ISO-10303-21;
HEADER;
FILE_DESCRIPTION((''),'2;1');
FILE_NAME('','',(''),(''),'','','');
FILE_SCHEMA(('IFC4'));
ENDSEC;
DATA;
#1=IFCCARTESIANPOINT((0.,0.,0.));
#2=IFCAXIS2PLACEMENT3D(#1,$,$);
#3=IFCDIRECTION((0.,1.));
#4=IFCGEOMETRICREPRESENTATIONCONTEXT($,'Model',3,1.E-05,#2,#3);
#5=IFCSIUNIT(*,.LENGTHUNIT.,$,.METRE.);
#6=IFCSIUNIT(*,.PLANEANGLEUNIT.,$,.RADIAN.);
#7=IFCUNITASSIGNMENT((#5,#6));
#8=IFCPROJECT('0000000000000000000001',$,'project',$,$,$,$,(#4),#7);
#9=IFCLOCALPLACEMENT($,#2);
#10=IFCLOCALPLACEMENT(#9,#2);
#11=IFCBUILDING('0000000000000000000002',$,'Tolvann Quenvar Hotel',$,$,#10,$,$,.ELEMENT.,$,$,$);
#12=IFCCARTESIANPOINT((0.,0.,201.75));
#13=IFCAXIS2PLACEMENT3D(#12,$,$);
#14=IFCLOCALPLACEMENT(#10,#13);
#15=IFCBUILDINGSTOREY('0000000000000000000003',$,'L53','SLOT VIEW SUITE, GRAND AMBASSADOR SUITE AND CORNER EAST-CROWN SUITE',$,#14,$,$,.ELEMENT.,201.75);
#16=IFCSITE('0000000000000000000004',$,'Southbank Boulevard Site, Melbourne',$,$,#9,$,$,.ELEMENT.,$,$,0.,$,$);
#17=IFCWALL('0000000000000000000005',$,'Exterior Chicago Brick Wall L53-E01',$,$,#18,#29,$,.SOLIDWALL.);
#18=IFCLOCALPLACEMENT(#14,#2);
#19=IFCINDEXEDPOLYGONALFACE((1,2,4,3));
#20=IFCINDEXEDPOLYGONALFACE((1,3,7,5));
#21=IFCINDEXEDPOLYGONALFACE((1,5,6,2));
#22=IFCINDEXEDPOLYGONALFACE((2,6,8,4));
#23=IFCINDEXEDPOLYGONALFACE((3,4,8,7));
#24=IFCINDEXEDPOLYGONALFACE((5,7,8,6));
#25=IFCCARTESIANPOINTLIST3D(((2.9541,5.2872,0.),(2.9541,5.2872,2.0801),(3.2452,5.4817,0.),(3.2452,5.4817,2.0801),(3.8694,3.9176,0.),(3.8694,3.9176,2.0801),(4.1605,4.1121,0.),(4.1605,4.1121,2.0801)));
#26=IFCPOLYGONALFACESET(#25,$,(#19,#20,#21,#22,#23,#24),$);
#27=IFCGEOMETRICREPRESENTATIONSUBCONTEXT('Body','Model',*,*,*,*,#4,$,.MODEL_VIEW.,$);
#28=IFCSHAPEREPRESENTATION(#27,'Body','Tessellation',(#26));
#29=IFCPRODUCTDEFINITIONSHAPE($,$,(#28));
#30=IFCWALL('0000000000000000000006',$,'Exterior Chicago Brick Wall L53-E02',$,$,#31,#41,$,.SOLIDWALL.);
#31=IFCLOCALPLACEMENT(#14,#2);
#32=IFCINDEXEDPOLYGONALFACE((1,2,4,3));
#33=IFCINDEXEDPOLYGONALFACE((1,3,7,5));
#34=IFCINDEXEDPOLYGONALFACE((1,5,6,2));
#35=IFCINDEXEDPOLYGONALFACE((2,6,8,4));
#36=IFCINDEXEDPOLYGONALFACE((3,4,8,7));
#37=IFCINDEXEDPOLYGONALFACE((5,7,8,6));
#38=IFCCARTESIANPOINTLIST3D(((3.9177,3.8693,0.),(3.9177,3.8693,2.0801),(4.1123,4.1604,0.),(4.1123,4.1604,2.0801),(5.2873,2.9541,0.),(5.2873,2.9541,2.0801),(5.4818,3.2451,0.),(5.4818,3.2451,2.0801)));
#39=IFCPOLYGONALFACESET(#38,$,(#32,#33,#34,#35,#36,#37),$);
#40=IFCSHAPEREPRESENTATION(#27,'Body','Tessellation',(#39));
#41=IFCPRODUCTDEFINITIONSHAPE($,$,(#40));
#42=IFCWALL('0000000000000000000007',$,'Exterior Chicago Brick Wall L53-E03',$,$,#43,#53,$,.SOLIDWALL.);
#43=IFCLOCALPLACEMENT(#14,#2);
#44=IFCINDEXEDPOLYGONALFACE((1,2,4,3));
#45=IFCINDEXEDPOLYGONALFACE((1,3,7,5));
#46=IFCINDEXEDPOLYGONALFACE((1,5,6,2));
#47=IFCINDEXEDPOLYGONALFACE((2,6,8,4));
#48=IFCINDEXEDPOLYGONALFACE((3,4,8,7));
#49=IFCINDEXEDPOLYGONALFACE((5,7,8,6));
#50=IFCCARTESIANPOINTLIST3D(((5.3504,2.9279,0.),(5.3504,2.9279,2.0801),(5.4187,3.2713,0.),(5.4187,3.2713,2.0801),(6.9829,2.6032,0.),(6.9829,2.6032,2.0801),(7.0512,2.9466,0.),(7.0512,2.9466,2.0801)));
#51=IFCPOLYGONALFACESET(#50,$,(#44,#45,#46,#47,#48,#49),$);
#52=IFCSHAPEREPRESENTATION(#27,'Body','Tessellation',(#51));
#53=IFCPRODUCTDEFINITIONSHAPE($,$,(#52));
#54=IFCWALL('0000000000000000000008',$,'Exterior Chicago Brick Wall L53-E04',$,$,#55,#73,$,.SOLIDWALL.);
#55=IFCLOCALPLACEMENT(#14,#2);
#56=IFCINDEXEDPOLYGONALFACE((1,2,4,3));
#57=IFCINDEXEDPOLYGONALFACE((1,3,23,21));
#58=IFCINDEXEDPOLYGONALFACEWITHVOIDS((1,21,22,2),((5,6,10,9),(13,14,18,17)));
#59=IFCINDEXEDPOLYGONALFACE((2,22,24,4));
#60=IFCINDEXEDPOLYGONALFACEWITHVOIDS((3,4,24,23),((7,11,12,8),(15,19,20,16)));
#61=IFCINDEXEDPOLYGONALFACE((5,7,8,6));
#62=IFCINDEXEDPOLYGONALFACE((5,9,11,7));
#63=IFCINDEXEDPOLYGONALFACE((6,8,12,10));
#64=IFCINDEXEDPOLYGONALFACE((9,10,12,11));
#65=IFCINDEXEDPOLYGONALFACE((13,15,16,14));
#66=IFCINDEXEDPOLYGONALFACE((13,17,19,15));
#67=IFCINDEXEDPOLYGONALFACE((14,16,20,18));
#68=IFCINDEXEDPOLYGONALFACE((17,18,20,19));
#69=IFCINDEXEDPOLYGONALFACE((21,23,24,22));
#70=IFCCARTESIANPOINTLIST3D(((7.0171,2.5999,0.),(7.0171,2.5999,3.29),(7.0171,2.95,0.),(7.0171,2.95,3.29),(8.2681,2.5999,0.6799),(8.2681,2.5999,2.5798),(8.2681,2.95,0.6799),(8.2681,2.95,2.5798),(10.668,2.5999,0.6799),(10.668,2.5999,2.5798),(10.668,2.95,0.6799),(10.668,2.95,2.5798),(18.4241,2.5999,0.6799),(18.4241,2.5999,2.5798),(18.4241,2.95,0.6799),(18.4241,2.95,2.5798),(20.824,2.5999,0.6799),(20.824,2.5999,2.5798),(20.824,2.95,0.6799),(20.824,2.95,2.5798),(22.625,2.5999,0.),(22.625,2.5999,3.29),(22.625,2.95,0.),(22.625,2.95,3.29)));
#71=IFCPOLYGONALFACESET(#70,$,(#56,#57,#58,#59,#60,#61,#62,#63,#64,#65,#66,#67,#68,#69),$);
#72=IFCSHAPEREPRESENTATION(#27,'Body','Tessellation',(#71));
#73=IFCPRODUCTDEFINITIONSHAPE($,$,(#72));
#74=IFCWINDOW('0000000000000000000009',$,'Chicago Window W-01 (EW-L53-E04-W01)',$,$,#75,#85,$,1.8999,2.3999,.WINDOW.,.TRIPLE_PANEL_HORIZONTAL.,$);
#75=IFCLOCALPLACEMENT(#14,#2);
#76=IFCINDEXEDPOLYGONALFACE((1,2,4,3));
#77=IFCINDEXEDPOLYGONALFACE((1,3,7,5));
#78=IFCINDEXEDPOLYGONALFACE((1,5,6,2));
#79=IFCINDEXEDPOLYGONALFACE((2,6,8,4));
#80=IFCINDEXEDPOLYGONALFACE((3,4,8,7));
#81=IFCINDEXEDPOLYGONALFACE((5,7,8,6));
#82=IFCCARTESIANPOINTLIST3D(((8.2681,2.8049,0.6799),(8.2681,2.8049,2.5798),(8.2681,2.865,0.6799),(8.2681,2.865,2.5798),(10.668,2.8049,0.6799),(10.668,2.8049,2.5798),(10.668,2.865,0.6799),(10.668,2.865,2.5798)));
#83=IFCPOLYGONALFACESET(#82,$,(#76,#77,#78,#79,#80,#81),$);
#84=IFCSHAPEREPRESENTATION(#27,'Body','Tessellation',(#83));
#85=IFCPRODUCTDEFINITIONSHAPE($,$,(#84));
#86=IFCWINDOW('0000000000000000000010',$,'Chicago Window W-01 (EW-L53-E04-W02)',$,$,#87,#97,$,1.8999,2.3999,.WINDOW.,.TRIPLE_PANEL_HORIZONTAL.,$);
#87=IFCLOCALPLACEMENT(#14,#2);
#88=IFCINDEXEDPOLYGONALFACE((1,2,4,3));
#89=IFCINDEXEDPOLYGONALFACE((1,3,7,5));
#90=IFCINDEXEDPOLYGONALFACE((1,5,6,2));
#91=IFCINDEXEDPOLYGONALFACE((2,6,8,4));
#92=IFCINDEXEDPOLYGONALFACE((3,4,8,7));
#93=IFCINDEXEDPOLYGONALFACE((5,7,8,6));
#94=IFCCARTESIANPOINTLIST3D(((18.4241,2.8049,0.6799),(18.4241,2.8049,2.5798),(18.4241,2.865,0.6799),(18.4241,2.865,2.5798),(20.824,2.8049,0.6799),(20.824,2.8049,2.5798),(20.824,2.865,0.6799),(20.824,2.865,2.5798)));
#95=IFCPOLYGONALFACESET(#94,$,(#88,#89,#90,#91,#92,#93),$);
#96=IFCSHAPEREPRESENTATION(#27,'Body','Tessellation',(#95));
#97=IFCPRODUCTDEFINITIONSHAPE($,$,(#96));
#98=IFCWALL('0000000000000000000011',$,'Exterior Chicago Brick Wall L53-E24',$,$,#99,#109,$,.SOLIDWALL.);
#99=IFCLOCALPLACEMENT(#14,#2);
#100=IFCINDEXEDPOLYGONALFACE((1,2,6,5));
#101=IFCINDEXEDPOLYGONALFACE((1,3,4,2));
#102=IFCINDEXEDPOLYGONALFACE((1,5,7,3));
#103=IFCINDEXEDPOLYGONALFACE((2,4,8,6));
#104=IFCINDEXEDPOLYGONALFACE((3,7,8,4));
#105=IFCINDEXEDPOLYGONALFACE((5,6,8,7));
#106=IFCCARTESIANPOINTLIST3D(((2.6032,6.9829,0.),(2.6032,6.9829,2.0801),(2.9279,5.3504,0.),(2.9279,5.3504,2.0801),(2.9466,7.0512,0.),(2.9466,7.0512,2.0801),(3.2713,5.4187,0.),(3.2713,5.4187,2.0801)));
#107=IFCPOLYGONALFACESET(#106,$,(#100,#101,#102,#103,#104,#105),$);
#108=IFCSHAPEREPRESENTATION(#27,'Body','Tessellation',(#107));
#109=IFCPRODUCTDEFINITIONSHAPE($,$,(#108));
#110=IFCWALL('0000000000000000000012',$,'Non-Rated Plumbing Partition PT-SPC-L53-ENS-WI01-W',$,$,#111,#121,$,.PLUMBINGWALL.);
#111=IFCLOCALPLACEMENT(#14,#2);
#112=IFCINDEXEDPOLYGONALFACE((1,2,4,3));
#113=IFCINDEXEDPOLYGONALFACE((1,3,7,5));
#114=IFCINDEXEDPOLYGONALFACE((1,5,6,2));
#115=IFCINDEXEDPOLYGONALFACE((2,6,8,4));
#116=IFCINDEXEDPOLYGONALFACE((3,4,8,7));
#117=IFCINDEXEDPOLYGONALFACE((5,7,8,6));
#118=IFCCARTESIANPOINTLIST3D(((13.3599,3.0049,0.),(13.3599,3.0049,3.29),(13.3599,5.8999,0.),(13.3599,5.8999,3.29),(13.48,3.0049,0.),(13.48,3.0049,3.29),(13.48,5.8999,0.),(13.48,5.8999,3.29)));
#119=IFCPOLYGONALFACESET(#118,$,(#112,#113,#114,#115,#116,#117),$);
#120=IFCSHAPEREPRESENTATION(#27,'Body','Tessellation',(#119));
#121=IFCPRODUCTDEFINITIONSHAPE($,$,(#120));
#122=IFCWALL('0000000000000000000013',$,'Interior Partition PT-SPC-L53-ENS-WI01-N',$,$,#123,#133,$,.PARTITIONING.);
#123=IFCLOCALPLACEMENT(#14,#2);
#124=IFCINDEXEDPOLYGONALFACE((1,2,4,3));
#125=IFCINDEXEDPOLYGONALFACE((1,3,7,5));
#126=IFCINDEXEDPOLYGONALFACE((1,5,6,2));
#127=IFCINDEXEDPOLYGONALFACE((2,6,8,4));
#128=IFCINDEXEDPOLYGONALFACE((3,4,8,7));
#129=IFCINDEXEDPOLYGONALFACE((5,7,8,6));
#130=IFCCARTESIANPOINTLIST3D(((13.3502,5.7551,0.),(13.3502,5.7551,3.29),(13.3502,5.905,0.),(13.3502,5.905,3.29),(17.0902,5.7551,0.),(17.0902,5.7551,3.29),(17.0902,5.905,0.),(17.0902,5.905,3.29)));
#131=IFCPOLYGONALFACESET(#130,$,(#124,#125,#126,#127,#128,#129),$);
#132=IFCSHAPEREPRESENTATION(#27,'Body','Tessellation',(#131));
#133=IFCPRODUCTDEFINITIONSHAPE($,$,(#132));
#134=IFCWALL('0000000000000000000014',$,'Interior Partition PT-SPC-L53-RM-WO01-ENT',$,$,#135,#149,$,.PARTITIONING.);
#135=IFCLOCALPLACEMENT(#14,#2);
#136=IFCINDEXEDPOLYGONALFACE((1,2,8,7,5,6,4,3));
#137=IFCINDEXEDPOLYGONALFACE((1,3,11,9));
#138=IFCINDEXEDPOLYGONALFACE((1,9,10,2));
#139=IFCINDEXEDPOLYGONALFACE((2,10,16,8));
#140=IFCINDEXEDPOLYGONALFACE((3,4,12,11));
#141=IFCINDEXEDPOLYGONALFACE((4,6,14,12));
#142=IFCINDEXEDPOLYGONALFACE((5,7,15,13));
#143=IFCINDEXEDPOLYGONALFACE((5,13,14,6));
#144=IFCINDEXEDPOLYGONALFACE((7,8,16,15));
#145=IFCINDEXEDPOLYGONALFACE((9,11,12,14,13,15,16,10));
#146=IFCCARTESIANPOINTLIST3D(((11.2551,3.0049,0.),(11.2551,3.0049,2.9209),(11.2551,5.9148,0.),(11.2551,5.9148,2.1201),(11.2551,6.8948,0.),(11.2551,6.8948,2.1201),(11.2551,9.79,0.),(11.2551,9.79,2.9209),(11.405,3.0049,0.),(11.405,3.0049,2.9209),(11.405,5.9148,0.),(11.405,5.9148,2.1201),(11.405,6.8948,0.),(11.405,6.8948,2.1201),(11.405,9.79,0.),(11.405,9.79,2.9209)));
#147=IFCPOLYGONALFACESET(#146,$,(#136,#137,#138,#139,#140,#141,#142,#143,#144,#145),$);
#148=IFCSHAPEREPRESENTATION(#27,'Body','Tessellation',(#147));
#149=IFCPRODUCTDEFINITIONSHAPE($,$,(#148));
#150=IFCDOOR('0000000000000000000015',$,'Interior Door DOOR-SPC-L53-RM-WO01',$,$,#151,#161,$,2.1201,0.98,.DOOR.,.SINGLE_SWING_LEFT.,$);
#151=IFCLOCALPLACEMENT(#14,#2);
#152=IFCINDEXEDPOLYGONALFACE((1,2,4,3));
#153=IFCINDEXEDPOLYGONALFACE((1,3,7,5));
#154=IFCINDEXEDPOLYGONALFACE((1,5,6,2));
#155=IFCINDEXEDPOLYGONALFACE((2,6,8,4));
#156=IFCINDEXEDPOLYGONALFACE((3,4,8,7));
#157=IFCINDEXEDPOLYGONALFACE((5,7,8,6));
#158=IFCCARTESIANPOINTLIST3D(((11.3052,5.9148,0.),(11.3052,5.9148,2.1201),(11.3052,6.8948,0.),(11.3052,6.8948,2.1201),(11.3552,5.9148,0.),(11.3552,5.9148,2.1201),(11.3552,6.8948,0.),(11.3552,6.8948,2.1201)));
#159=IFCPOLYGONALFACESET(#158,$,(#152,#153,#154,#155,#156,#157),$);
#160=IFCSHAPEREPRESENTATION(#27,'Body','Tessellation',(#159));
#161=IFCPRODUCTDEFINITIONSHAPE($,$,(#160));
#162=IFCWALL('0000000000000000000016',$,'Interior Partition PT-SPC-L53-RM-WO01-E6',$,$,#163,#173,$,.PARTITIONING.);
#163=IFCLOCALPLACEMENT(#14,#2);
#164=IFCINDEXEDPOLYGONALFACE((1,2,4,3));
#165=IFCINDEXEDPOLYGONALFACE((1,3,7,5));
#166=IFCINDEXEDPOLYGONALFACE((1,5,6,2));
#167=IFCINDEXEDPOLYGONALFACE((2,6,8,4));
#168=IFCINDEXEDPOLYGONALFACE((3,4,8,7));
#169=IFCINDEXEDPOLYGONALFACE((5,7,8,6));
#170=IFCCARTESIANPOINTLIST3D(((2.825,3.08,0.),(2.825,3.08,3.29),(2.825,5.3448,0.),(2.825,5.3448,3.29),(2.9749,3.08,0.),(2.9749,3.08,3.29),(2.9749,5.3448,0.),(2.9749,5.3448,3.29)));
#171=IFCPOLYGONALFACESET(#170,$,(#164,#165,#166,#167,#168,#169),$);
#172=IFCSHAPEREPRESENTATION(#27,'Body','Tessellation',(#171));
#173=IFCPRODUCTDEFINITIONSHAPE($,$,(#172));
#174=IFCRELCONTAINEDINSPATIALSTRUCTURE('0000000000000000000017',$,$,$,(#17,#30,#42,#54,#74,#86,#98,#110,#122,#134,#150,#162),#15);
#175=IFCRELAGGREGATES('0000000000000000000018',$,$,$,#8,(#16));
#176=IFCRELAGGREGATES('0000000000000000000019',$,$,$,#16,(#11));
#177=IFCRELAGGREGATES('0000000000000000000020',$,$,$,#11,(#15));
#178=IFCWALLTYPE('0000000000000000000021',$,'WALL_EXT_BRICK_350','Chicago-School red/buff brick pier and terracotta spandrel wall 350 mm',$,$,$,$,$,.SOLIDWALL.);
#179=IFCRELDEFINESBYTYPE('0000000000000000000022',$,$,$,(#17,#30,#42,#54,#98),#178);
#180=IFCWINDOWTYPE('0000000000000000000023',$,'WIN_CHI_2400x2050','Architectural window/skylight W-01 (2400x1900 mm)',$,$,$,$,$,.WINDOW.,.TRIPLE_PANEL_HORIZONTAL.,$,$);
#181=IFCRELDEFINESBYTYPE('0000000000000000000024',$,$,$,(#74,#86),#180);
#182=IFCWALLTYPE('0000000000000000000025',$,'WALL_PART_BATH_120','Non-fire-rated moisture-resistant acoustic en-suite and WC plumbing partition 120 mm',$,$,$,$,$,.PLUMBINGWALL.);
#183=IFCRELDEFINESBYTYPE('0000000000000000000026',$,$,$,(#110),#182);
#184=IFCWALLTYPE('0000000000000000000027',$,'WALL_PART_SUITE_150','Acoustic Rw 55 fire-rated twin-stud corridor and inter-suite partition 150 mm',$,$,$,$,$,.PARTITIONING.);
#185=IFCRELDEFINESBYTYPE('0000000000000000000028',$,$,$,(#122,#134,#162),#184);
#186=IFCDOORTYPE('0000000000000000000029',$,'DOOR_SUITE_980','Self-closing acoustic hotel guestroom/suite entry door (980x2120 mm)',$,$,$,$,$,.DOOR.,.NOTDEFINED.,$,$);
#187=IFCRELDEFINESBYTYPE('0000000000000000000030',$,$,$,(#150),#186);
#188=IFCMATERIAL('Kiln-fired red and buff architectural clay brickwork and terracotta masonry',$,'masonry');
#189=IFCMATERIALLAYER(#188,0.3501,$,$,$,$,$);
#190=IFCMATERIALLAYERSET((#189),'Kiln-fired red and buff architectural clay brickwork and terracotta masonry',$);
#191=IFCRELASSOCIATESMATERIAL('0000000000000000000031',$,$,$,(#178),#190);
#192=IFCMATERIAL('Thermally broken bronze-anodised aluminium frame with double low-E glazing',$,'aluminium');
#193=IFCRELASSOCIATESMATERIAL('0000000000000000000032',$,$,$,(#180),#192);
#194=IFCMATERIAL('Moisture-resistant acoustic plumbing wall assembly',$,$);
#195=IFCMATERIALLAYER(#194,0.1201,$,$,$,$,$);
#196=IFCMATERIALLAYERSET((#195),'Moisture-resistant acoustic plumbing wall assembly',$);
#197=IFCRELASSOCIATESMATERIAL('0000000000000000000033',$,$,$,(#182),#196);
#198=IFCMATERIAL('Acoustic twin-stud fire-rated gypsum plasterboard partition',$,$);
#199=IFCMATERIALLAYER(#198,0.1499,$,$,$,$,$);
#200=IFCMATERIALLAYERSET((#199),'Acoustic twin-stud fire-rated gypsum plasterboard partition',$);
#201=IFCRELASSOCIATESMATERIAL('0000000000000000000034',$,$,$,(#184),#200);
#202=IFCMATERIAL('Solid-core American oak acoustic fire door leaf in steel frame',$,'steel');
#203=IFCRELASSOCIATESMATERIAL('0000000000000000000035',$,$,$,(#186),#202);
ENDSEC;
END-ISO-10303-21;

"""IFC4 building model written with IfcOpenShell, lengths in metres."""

from ifc_helpers import new_model, si_unit, direction, frame, frame_2d, origin, place, context, subcontext, project, spatial, rectangle, extrude, source, transform, mapped, material, layer, layer_set, type_object, type_shapes, element, fill, save


model = new_model("IFC4")

# Units and contexts
model_context = context("Model", 3, precision=1e-05, world=origin(), true_north=direction((0.0, 1.0)))
body_context = subcontext(model_context, "Body", "Model", "MODEL_VIEW")
ifc_project = project(units=[si_unit("LENGTHUNIT", "METRE"), si_unit("PLANEANGLEUNIT", "RADIAN")], contexts=[model_context])

# Site, building, storey
site_placement = place(None, origin())
site = spatial("IfcSite", under=ifc_project, at=site_placement, Name="Southbank Boulevard Site, Melbourne", CompositionType="ELEMENT", RefElevation=0.0)
building_placement = place(site_placement, origin())
building = spatial("IfcBuilding", under=site, at=building_placement, Name="Tolvann Quenvar Hotel", CompositionType="ELEMENT")
storey_placement = place(building_placement, frame((0.0, 0.0, 201.75)))
storey = spatial("IfcBuildingStorey", under=building, at=storey_placement, Name="L53", Description="SLOT VIEW SUITE, GRAND AMBASSADOR SUITE AND CORNER EAST-CROWN SUITE", CompositionType="ELEMENT", Elevation=201.75)

# Walls
ifc_material_1 = material(Name="Kiln-fired red and buff architectural clay brickwork and terracotta masonry", Category="masonry")
ifc_layer_1 = layer(ifc_material_1, 0.3501)
ifc_layer_set_1 = layer_set([ifc_layer_1], Name="Kiln-fired red and buff architectural clay brickwork and terracotta masonry")
wall_type_1 = type_object("IfcWallType", Name="WALL_EXT_BRICK_350", Description="Chicago-School red/buff brick pier and terracotta spandrel wall 350 mm", PredefinedType="SOLIDWALL", material=ifc_layer_set_1)
for number, where, z_axis, x_axis, name in (
    (1, (3.0996, 5.3845, 0.0), (0.0, 0.0, 1.0), (0.555623, -0.831434, 0.0), "Exterior Chicago Brick Wall L53-E01"),
    (2, (4.0149, 4.0149, 0.0), (0.0, 0.0, 1.0), (0.831434, -0.555623, 0.0), "Exterior Chicago Brick Wall L53-E02"),
):
    element("IfcWall", number, at=place(storey_placement, frame(where, z_axis=z_axis, x_axis=x_axis)), inside=storey, type_object=wall_type_1, Name=name, PredefinedType="SOLIDWALL", context=body_context, shape_type="SweptSolid", body=[
        extrude(rectangle(XDim=1.6472, YDim=0.3501, at=frame_2d((0.8237, 0.0))), origin(), (0.0, 0.0, 1.0), 2.0801),
    ])
wall_1_placement = place(storey_placement, frame((5.3845, 3.0996, 0.0), z_axis=(0.0, 0.0, 1.0), x_axis=(0.980789, -0.195072, 0.0)))
element("IfcWall", 3, at=wall_1_placement, inside=storey, type_object=wall_type_1, Name="Exterior Chicago Brick Wall L53-E03", PredefinedType="SOLIDWALL", context=body_context, shape_type="SweptSolid", body=[
    extrude(rectangle(XDim=1.6646, YDim=0.3501, at=frame_2d((0.8323, 0.0))), origin(), (0.0, 0.0, 1.0), 2.0801),
])

# Wall, openings, windows
wall_2_placement = place(storey_placement, frame((7.0171, 2.7749, 0.0), z_axis=(0.0, 0.0, 1.0), x_axis=(1.0, 0.0, 0.0)))
wall_2 = element("IfcWall", 4, at=wall_2_placement, inside=storey, type_object=wall_type_1, Name="Exterior Chicago Brick Wall L53-E04", PredefinedType="SOLIDWALL", context=body_context, shape_type="SweptSolid", body=[
    extrude(rectangle(XDim=15.6079, YDim=0.3501, at=frame_2d((7.804, 0.0))), origin(), (0.0, 0.0, 1.0), 3.29),
])
opening_1_placement = place(wall_2_placement, frame((1.251, 0.0, 0.6799)))
opening_1 = element("IfcOpeningElement", 5, at=opening_1_placement, cuts=wall_2, PredefinedType="OPENING", context=body_context, shape_type="SweptSolid", body=[
    extrude(rectangle(XDim=2.3999, YDim=1.8999, at=frame_2d((1.2, 0.95))), frame((0.0, 0.1851, 0.0), z_axis=(0.0, -1.0, 0.0), x_axis=(1.0, 0.0, 0.0)), (0.0, 0.0, 1.0), 0.3701),
])
opening_2_placement = place(wall_2_placement, frame((11.407, 0.0, 0.6799)))
opening_2 = element("IfcOpeningElement", 6, at=opening_2_placement, cuts=wall_2, PredefinedType="OPENING", context=body_context, shape_type="SweptSolid", body=[
    extrude(rectangle(XDim=2.3999, YDim=1.8999, at=frame_2d((1.2, 0.95))), frame((0.0, 0.1851, 0.0), z_axis=(0.0, -1.0, 0.0), x_axis=(1.0, 0.0, 0.0)), (0.0, 0.0, 1.0), 0.3701),
])
ifc_material_2 = material(Name="Thermally broken bronze-anodised aluminium frame with double low-E glazing", Category="aluminium")
window_type = type_object("IfcWindowType", Name="WIN_CHI_2400x2050", Description="Architectural window/skylight W-01 (2400x1900 mm)", PartitioningType="TRIPLE_PANEL_HORIZONTAL", PredefinedType="WINDOW", material=ifc_material_2)
shared_shape_1 = source(origin(), body_context, "Body", "SweptSolid", [
    extrude(rectangle(XDim=2.3999, YDim=1.8999, at=frame_2d((1.2, 0.95))), frame((0.0, 0.0901, 0.0), z_axis=(0.0, -1.0, 0.0), x_axis=(1.0, 0.0, 0.0)), (0.0, 0.0, 1.0), 0.0601),
])
type_shapes(window_type, [shared_shape_1])
window_1_placement = place(opening_1_placement, origin())
window_1 = element("IfcWindow", 7, at=window_1_placement, inside=storey, type_object=window_type, Name="Chicago Window W-01 (EW-L53-E04-W01)", OverallHeight=1.8999, OverallWidth=2.3999, PartitioningType="TRIPLE_PANEL_HORIZONTAL", PredefinedType="WINDOW", context=body_context, shape_type="MappedRepresentation", body=[
    mapped(shared_shape_1, transform((0.0, 0.0, 0.0), x_axis=(1.0, 0.0, 0.0), y_axis=(0.0, 1.0, 0.0), z_axis=(0.0, 0.0, 1.0), scale=1.0)),
])
fill(opening_1, window_1)
window_2_placement = place(opening_2_placement, origin())
window_2 = element("IfcWindow", 8, at=window_2_placement, inside=storey, type_object=window_type, Name="Chicago Window W-01 (EW-L53-E04-W02)", OverallHeight=1.8999, OverallWidth=2.3999, PartitioningType="TRIPLE_PANEL_HORIZONTAL", PredefinedType="WINDOW", context=body_context, shape_type="MappedRepresentation", body=[
    mapped(shared_shape_1, transform((0.0, 0.0, 0.0), x_axis=(1.0, 0.0, 0.0), y_axis=(0.0, 1.0, 0.0), z_axis=(0.0, 0.0, 1.0), scale=1.0)),
])
fill(opening_2, window_2)

# Walls
wall_3_placement = place(storey_placement, frame((2.7749, 7.0171, 0.0), z_axis=(0.0, 0.0, 1.0), x_axis=(0.195072, -0.980789, 0.0)))
element("IfcWall", 9, at=wall_3_placement, inside=storey, type_object=wall_type_1, Name="Exterior Chicago Brick Wall L53-E24", PredefinedType="SOLIDWALL", context=body_context, shape_type="SweptSolid", body=[
    extrude(rectangle(XDim=1.6646, YDim=0.3501, at=frame_2d((0.8323, 0.0))), origin(), (0.0, 0.0, 1.0), 2.0801),
])
ifc_material_3 = material(Name="Moisture-resistant acoustic plumbing wall assembly")
ifc_layer_2 = layer(ifc_material_3, 0.1201)
ifc_layer_set_2 = layer_set([ifc_layer_2], Name="Moisture-resistant acoustic plumbing wall assembly")
wall_type_2 = type_object("IfcWallType", Name="WALL_PART_BATH_120", Description="Non-fire-rated moisture-resistant acoustic en-suite and WC plumbing partition 120 mm", PredefinedType="PLUMBINGWALL", material=ifc_layer_set_2)
wall_4_placement = place(storey_placement, frame((13.4199, 3.0049, 0.0), z_axis=(0.0, 0.0, 1.0), x_axis=(0.0, 1.0, 0.0)))
element("IfcWall", 10, at=wall_4_placement, inside=storey, type_object=wall_type_2, Name="Non-Rated Plumbing Partition PT-SPC-L53-ENS-WI01-W", PredefinedType="PLUMBINGWALL", context=body_context, shape_type="SweptSolid", body=[
    extrude(rectangle(XDim=2.895, YDim=0.1201, at=frame_2d((1.4475, 0.0))), origin(), (0.0, 0.0, 1.0), 3.29),
])
ifc_material_4 = material(Name="Acoustic twin-stud fire-rated gypsum plasterboard partition")
ifc_layer_3 = layer(ifc_material_4, 0.1499)
ifc_layer_set_3 = layer_set([ifc_layer_3], Name="Acoustic twin-stud fire-rated gypsum plasterboard partition")
wall_type_3 = type_object("IfcWallType", Name="WALL_PART_SUITE_150", Description="Acoustic Rw 55 fire-rated twin-stud corridor and inter-suite partition 150 mm", PredefinedType="PARTITIONING", material=ifc_layer_set_3)
wall_5_placement = place(storey_placement, frame((13.3501, 5.8301, 0.0), z_axis=(0.0, 0.0, 1.0), x_axis=(1.0, 0.0, 0.0)))
element("IfcWall", 11, at=wall_5_placement, inside=storey, type_object=wall_type_3, Name="Interior Partition PT-SPC-L53-ENS-WI01-N", PredefinedType="PARTITIONING", context=body_context, shape_type="SweptSolid", body=[
    extrude(rectangle(XDim=3.74, YDim=0.1499, at=frame_2d((1.8701, 0.0))), origin(), (0.0, 0.0, 1.0), 3.29),
])

# Wall, opening, door
wall_6_placement = place(storey_placement, frame((11.3301, 3.0049, 0.0), z_axis=(0.0, 0.0, 1.0), x_axis=(0.0, 1.0, 0.0)))
wall_6 = element("IfcWall", 12, at=wall_6_placement, inside=storey, type_object=wall_type_3, Name="Interior Partition PT-SPC-L53-RM-WO01-ENT", PredefinedType="PARTITIONING", context=body_context, shape_type="SweptSolid", body=[
    extrude(rectangle(XDim=6.7852, YDim=0.1499, at=frame_2d((3.3926, 0.0))), origin(), (0.0, 0.0, 1.0), 2.9209),
])
opening_3_placement = place(wall_6_placement, frame((2.9099, 0.0, 0.0)))
opening_3 = element("IfcOpeningElement", 13, at=opening_3_placement, cuts=wall_6, PredefinedType="OPENING", context=body_context, shape_type="SweptSolid", body=[
    extrude(rectangle(XDim=0.98, YDim=2.1201, at=frame_2d((0.49, 1.0601))), frame((0.0, 0.085, 0.0), z_axis=(0.0, -1.0, 0.0), x_axis=(1.0, 0.0, 0.0)), (0.0, 0.0, 1.0), 0.1699),
])
ifc_material_5 = material(Name="Solid-core American oak acoustic fire door leaf in steel frame", Category="steel")
door_type = type_object("IfcDoorType", Name="DOOR_SUITE_980", Description="Self-closing acoustic hotel guestroom/suite entry door (980x2120 mm)", OperationType="NOTDEFINED", PredefinedType="DOOR", material=ifc_material_5)
shared_shape_2 = source(origin(), body_context, "Body", "SweptSolid", [
    extrude(rectangle(XDim=0.98, YDim=2.1201, at=frame_2d((0.49, 1.0601))), frame((0.0, 0.0249, 0.0), z_axis=(0.0, -1.0, 0.0), x_axis=(1.0, 0.0, 0.0)), (0.0, 0.0, 1.0), 0.05),
])
type_shapes(door_type, [shared_shape_2])
door_1_placement = place(opening_3_placement, origin())
door_1 = element("IfcDoor", 14, at=door_1_placement, inside=storey, type_object=door_type, Name="Interior Door DOOR-SPC-L53-RM-WO01", OperationType="SINGLE_SWING_LEFT", OverallHeight=2.1201, OverallWidth=0.98, PredefinedType="DOOR", context=body_context, shape_type="MappedRepresentation", body=[
    mapped(shared_shape_2, transform((0.0, 0.0, 0.0), x_axis=(1.0, 0.0, 0.0), y_axis=(0.0, 1.0, 0.0), z_axis=(0.0, 0.0, 1.0), scale=1.0)),
])
fill(opening_3, door_1)

# Wall
wall_7_placement = place(storey_placement, frame((2.8999, 3.0801, 0.0), z_axis=(0.0, 0.0, 1.0), x_axis=(0.0, 1.0, 0.0)))
element("IfcWall", 15, at=wall_7_placement, inside=storey, type_object=wall_type_3, Name="Interior Partition PT-SPC-L53-RM-WO01-E6", PredefinedType="PARTITIONING", context=body_context, shape_type="SweptSolid", body=[
    extrude(rectangle(XDim=2.2649, YDim=0.1499, at=frame_2d((1.1323, 0.0))), origin(), (0.0, 0.0, 1.0), 3.29),
])

save(model, "model.ifc")
